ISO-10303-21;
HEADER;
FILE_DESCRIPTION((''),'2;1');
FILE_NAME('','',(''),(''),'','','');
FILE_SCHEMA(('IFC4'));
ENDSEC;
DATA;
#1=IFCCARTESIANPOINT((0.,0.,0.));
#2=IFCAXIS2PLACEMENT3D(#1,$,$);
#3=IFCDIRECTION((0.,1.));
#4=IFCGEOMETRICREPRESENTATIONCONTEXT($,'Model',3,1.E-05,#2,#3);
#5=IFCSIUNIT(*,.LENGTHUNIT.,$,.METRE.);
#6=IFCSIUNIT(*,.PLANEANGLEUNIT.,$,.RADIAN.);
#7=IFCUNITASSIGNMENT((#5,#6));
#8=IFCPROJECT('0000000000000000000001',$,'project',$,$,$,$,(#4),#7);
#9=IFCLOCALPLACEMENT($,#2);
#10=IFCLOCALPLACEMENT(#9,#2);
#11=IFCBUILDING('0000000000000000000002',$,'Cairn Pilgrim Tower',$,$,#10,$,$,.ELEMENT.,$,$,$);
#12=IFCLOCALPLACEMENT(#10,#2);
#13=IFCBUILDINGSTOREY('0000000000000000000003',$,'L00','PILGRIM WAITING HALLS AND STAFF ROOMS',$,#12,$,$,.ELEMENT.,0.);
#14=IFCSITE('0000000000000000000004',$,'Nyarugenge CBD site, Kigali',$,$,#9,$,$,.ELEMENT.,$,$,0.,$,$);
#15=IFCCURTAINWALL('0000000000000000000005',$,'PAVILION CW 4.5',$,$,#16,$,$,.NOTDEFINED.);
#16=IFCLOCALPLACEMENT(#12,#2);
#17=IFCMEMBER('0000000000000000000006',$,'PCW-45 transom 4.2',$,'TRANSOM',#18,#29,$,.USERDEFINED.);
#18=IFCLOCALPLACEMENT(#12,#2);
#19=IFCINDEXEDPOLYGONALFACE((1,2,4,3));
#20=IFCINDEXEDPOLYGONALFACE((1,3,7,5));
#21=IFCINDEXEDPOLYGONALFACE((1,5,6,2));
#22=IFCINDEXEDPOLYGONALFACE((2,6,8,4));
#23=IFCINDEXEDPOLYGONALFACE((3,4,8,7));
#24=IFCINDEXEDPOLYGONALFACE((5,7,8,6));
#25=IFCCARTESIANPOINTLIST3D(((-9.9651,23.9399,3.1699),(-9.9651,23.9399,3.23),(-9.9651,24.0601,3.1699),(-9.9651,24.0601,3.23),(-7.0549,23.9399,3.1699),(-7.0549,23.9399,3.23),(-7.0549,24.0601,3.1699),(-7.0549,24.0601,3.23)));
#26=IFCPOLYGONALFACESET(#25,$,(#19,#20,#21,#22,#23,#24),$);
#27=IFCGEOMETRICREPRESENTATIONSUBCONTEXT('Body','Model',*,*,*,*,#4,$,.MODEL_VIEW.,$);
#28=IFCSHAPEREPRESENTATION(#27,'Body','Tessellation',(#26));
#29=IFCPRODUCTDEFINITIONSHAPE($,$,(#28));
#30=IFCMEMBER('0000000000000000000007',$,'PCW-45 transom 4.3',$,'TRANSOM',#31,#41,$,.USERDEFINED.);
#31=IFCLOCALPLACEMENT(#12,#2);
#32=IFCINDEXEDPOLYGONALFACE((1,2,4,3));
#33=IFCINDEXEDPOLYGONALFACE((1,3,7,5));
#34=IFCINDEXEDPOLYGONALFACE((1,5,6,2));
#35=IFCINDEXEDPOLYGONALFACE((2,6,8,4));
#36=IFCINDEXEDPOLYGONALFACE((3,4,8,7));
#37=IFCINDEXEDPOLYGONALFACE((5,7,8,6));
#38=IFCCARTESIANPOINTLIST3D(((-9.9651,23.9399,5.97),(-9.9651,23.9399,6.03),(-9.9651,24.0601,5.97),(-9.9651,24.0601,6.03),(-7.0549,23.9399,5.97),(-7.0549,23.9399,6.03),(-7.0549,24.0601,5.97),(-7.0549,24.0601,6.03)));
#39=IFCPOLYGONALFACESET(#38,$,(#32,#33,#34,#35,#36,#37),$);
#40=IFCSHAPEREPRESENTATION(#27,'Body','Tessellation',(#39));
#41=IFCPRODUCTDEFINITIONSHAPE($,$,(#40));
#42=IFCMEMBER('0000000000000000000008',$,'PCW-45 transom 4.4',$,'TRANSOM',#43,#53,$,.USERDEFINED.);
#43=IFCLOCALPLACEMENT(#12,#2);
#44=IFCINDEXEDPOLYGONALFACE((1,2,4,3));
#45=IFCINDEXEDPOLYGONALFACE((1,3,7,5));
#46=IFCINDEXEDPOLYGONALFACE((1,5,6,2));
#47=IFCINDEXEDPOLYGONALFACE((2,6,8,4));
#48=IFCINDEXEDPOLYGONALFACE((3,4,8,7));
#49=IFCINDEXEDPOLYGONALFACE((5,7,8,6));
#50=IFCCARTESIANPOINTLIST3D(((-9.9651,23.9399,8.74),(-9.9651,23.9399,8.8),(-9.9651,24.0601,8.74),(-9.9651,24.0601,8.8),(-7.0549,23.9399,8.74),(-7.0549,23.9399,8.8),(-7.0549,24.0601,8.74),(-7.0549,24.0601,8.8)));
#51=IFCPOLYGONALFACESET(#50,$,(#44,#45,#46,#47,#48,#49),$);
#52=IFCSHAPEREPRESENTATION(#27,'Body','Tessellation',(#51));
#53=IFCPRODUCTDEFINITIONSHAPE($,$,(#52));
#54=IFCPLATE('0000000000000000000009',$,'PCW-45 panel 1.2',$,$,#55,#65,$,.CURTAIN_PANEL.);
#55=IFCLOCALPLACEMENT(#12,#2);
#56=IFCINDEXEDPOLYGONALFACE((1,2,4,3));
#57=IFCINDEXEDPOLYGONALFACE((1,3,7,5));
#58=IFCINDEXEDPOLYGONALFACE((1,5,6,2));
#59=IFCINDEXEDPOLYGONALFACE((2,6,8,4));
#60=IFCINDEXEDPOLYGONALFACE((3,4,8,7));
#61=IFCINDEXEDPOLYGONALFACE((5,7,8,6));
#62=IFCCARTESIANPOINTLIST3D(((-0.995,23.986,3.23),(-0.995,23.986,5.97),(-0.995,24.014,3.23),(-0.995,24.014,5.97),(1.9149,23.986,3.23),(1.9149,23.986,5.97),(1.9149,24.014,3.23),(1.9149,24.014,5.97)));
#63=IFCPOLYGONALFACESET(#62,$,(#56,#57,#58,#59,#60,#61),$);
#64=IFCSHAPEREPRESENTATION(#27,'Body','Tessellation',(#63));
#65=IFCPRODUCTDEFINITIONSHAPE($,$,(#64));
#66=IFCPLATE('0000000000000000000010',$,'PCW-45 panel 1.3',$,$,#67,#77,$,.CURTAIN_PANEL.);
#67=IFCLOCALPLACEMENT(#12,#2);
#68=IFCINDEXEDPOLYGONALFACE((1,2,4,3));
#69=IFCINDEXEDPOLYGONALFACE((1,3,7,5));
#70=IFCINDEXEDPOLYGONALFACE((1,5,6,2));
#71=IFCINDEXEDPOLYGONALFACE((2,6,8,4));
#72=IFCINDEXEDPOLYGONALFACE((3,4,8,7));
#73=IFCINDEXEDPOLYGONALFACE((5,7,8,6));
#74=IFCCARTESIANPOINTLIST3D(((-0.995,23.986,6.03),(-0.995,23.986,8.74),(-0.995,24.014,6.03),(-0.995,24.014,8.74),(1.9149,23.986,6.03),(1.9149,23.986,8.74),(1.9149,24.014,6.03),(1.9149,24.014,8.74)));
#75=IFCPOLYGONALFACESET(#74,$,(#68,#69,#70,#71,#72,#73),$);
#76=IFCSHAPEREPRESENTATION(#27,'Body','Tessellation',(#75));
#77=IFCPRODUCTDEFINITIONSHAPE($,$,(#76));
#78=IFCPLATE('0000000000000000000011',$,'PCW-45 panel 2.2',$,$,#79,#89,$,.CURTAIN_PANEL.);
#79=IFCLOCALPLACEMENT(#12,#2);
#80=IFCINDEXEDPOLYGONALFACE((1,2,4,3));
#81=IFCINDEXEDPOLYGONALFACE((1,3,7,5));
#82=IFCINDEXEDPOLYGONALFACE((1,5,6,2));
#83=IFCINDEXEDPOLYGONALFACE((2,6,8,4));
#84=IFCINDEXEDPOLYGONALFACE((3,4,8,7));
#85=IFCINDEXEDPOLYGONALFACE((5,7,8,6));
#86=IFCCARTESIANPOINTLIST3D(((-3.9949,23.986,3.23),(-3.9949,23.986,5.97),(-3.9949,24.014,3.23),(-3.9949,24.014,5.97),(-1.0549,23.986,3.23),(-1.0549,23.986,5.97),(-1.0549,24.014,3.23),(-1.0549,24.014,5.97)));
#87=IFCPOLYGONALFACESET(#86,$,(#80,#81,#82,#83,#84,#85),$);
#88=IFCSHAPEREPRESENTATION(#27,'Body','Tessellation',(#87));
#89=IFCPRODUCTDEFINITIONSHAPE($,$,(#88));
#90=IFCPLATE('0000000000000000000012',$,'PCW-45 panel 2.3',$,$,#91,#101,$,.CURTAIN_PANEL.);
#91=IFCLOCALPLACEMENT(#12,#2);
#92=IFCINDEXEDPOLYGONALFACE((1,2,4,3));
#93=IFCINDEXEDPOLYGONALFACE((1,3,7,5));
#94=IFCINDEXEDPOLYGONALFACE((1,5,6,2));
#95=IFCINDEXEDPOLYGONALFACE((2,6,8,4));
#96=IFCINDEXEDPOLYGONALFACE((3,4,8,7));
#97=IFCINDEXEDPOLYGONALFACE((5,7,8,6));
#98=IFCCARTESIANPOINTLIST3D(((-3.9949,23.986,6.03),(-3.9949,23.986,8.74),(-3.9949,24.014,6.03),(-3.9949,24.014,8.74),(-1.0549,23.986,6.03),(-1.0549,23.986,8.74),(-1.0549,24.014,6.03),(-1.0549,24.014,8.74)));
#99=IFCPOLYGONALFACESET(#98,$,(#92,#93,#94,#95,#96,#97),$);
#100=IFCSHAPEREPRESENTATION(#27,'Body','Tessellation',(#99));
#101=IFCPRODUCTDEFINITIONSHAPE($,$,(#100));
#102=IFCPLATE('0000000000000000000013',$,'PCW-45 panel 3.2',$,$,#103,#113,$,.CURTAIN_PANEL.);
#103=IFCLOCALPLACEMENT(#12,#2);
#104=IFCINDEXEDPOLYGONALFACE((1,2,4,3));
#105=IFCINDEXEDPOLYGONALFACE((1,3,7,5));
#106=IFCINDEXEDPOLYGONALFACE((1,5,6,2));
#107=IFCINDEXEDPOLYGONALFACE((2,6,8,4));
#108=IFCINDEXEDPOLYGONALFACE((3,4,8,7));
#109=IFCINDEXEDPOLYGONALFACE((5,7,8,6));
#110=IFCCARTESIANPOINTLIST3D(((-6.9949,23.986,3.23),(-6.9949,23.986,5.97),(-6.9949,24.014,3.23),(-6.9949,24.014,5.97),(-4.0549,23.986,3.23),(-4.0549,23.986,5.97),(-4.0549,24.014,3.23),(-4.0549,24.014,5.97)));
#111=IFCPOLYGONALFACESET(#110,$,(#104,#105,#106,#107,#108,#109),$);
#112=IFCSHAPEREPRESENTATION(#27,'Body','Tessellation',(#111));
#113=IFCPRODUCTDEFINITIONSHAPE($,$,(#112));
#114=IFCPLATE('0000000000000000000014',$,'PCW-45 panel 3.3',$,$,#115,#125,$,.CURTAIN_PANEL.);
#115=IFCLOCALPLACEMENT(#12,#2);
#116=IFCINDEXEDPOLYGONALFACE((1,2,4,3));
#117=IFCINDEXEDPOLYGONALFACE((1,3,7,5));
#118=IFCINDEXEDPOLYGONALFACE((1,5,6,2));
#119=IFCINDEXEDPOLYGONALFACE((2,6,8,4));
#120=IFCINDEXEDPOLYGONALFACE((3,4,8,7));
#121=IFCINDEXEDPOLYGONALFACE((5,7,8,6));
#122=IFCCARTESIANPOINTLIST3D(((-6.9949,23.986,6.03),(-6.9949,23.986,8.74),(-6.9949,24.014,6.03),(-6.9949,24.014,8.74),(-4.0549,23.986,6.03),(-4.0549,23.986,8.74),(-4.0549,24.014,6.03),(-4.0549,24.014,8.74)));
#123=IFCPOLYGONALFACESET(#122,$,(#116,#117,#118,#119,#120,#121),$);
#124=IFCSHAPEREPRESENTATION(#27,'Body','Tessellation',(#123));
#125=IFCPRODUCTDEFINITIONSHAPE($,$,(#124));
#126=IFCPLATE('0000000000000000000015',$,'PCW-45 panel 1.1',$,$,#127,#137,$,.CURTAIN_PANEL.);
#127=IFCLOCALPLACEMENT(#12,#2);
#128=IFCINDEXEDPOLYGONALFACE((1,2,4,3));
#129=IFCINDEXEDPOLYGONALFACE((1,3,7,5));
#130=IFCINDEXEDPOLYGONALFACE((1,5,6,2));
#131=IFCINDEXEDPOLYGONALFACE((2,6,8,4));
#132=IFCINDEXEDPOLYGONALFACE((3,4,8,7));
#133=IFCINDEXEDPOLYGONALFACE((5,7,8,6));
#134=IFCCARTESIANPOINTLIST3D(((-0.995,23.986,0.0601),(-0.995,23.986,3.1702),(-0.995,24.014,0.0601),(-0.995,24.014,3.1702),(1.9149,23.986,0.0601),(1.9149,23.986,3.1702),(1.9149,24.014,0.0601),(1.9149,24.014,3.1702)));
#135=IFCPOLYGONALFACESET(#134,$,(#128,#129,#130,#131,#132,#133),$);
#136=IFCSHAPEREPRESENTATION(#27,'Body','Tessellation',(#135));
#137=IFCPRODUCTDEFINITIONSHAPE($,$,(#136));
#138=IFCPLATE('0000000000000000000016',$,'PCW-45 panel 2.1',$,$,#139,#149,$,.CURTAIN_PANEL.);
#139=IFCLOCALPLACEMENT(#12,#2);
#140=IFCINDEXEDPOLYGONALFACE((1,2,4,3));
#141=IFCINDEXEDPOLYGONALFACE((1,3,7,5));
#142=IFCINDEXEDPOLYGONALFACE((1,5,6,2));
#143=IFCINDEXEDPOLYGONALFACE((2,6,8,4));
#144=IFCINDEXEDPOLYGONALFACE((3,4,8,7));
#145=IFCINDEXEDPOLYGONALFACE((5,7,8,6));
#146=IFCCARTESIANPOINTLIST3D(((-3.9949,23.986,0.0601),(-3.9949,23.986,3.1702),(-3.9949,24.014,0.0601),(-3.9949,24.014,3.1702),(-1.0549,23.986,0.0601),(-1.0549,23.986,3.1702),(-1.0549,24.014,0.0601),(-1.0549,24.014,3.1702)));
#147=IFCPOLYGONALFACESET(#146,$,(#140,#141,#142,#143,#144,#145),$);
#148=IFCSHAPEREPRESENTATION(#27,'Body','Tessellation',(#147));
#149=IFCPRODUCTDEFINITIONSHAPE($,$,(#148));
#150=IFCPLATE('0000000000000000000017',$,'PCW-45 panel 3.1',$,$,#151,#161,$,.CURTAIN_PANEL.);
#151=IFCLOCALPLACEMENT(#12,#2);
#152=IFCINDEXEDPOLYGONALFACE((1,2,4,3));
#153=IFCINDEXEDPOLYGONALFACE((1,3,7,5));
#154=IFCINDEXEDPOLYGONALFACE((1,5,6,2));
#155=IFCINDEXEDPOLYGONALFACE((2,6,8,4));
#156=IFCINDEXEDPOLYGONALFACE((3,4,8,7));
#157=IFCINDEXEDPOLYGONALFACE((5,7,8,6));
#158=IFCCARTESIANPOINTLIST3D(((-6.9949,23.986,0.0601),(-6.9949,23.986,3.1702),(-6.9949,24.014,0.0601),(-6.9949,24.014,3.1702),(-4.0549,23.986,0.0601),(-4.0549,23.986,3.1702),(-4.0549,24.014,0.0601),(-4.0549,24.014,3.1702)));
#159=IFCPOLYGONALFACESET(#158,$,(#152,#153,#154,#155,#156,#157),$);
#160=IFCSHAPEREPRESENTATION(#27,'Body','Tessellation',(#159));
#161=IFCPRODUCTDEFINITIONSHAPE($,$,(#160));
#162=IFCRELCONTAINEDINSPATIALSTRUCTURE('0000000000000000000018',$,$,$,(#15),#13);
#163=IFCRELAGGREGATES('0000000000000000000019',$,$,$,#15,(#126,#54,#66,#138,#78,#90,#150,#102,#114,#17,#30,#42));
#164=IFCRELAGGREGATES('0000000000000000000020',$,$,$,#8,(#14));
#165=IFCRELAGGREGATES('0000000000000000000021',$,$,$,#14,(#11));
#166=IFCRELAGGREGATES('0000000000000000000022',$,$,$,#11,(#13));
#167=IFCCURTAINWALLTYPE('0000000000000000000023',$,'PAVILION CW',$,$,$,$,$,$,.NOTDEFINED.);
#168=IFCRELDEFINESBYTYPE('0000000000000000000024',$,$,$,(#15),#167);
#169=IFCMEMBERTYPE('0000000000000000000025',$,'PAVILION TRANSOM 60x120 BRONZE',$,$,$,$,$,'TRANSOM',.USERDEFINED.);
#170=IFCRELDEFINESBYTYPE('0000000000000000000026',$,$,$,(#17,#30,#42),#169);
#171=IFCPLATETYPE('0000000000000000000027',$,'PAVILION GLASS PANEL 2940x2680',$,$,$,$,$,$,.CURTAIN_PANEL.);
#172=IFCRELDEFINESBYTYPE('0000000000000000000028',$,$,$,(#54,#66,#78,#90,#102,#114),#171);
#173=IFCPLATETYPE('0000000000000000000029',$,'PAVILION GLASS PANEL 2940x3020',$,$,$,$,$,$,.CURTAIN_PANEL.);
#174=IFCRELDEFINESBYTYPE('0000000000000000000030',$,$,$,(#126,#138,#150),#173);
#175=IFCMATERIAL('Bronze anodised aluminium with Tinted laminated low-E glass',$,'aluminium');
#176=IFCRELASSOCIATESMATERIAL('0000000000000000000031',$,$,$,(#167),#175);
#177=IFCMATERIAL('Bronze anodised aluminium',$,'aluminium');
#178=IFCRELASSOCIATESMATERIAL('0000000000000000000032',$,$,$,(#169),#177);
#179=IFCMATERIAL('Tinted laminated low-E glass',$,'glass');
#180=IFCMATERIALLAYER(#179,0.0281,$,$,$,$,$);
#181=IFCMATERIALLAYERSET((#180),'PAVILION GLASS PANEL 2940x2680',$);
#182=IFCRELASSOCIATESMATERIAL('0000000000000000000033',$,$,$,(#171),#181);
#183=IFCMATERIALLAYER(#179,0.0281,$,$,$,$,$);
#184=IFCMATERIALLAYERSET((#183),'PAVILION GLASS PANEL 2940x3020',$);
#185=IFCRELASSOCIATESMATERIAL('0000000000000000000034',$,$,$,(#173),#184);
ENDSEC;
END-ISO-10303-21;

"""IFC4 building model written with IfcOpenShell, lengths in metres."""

from ifc_helpers import new_model, si_unit, direction, frame, origin, origin_2d, place, context, subcontext, project, spatial, rectangle, extrude, material, layer, layer_set, material_profile, profile_set, type_object, element, aggregate, save


model = new_model("IFC4")

# Units and contexts
model_context = context("Model", 3, precision=1e-05, world=origin(), true_north=direction((0.0, 1.0)))
body_context = subcontext(model_context, "Body", "Model", "MODEL_VIEW")
ifc_project = project(units=[si_unit("LENGTHUNIT", "METRE"), si_unit("PLANEANGLEUNIT", "RADIAN")], contexts=[model_context])

# Site, building, storey
site_placement = place(None, origin())
site = spatial("IfcSite", under=ifc_project, at=site_placement, Name="Nyarugenge CBD site, Kigali", CompositionType="ELEMENT", RefElevation=0.0)
building_placement = place(site_placement, origin())
building = spatial("IfcBuilding", under=site, at=building_placement, Name="Cairn Pilgrim Tower", CompositionType="ELEMENT")
storey_placement = place(building_placement, origin())
storey = spatial("IfcBuildingStorey", under=building, at=storey_placement, Name="L00", Description="PILGRIM WAITING HALLS AND STAFF ROOMS", CompositionType="ELEMENT", Elevation=0.0)

# Curtain wall, members, plates
ifc_material_1 = material(Name="Bronze anodised aluminium with Tinted laminated low-E glass", Category="aluminium")
curtain_wall_type = type_object("IfcCurtainWallType", Name="PAVILION CW", PredefinedType="NOTDEFINED", material=ifc_material_1)
curtain_wall_placement = place(storey_placement, origin())
curtain_wall = element("IfcCurtainWall", 1, at=curtain_wall_placement, inside=storey, type_object=curtain_wall_type, Name="PAVILION CW 4.5", PredefinedType="NOTDEFINED")
ifc_material_2 = material(Name="Bronze anodised aluminium", Category="aluminium")
ifc_material_profile_1 = material_profile(ifc_material_2, rectangle(XDim=0.1201, YDim=0.0601, at=origin_2d()), Name="PAVILION TRANSOM 60x120 BRONZE")
ifc_profile_set_1 = profile_set([ifc_material_profile_1], Name="Bronze anodised aluminium")
member_type_1 = type_object("IfcMemberType", Name="PAVILION TRANSOM 60x120 BRONZE", ElementType="TRANSOM", PredefinedType="USERDEFINED", material=ifc_profile_set_1)
member_1_placement = place(storey_placement, frame((-7.0549, 24.0, 3.2), z_axis=(-1.0, 0.0, 0.0), x_axis=(0.0, -1.0, 0.0)))
member_1 = element("IfcMember", 2, at=member_1_placement, type_object=member_type_1, Name="PCW-45 transom 4.2", ObjectType="TRANSOM", PredefinedType="USERDEFINED", context=body_context, shape_type="SweptSolid", body=[
    extrude(rectangle(XDim=0.1201, YDim=0.0601, at=origin_2d()), origin(), (0.0, 0.0, 1.0), 2.9102),
])
member_2_placement = place(storey_placement, frame((-7.0549, 24.0, 6.0), z_axis=(-1.0, 0.0, 0.0), x_axis=(0.0, -1.0, 0.0)))
member_2 = element("IfcMember", 3, at=member_2_placement, type_object=member_type_1, Name="PCW-45 transom 4.3", ObjectType="TRANSOM", PredefinedType="USERDEFINED", context=body_context, shape_type="SweptSolid", body=[
    extrude(rectangle(XDim=0.1201, YDim=0.0601, at=origin_2d()), origin(), (0.0, 0.0, 1.0), 2.9102),
])
member_3_placement = place(storey_placement, frame((-7.0549, 24.0, 8.77), z_axis=(-1.0, 0.0, 0.0), x_axis=(0.0, -1.0, 0.0)))
member_3 = element("IfcMember", 4, at=member_3_placement, type_object=member_type_1, Name="PCW-45 transom 4.4", ObjectType="TRANSOM", PredefinedType="USERDEFINED", context=body_context, shape_type="SweptSolid", body=[
    extrude(rectangle(XDim=0.1201, YDim=0.0601, at=origin_2d()), origin(), (0.0, 0.0, 1.0), 2.9102),
])
ifc_material_3 = material(Name="Tinted laminated low-E glass", Category="glass")
ifc_layer_1 = layer(ifc_material_3, 0.0281)
ifc_layer_set_1 = layer_set([ifc_layer_1], Name="PAVILION GLASS PANEL 2940x2680")
plate_type_1 = type_object("IfcPlateType", Name="PAVILION GLASS PANEL 2940x2680", PredefinedType="CURTAIN_PANEL", material=ifc_layer_set_1)
plate_1_placement = place(storey_placement, frame((0.46, 24.0, 3.23), z_axis=(0.0, 0.0, 1.0), x_axis=(-1.0, 0.0, 0.0)))
plate_1 = element("IfcPlate", 5, at=plate_1_placement, type_object=plate_type_1, Name="PCW-45 panel 1.2", PredefinedType="CURTAIN_PANEL", context=body_context, shape_type="SweptSolid", body=[
    extrude(rectangle(XDim=2.9099, YDim=0.0281, at=origin_2d()), origin(), (0.0, 0.0, 1.0), 2.74),
])
plate_2_placement = place(storey_placement, frame((0.46, 24.0, 6.03), z_axis=(0.0, 0.0, 1.0), x_axis=(-1.0, 0.0, 0.0)))
plate_2 = element("IfcPlate", 6, at=plate_2_placement, type_object=plate_type_1, Name="PCW-45 panel 1.3", PredefinedType="CURTAIN_PANEL", context=body_context, shape_type="SweptSolid", body=[
    extrude(rectangle(XDim=2.9099, YDim=0.0281, at=origin_2d()), origin(), (0.0, 0.0, 1.0), 2.71),
])
plate_3_placement = place(storey_placement, frame((-2.5249, 24.0, 3.23), z_axis=(0.0, 0.0, 1.0), x_axis=(-1.0, 0.0, 0.0)))
plate_3 = element("IfcPlate", 7, at=plate_3_placement, type_object=plate_type_1, Name="PCW-45 panel 2.2", PredefinedType="CURTAIN_PANEL", context=body_context, shape_type="SweptSolid", body=[
    extrude(rectangle(XDim=2.9399, YDim=0.0281, at=origin_2d()), origin(), (0.0, 0.0, 1.0), 2.74),
])
plate_4_placement = place(storey_placement, frame((-2.5249, 24.0, 6.03), z_axis=(0.0, 0.0, 1.0), x_axis=(-1.0, 0.0, 0.0)))
plate_4 = element("IfcPlate", 8, at=plate_4_placement, type_object=plate_type_1, Name="PCW-45 panel 2.3", PredefinedType="CURTAIN_PANEL", context=body_context, shape_type="SweptSolid", body=[
    extrude(rectangle(XDim=2.9399, YDim=0.0281, at=origin_2d()), origin(), (0.0, 0.0, 1.0), 2.71),
])
plate_5_placement = place(storey_placement, frame((-5.5249, 24.0, 3.23), z_axis=(0.0, 0.0, 1.0), x_axis=(-1.0, 0.0, 0.0)))
plate_5 = element("IfcPlate", 9, at=plate_5_placement, type_object=plate_type_1, Name="PCW-45 panel 3.2", PredefinedType="CURTAIN_PANEL", context=body_context, shape_type="SweptSolid", body=[
    extrude(rectangle(XDim=2.9399, YDim=0.0281, at=origin_2d()), origin(), (0.0, 0.0, 1.0), 2.74),
])
plate_6_placement = place(storey_placement, frame((-5.5249, 24.0, 6.03), z_axis=(0.0, 0.0, 1.0), x_axis=(-1.0, 0.0, 0.0)))
plate_6 = element("IfcPlate", 10, at=plate_6_placement, type_object=plate_type_1, Name="PCW-45 panel 3.3", PredefinedType="CURTAIN_PANEL", context=body_context, shape_type="SweptSolid", body=[
    extrude(rectangle(XDim=2.9399, YDim=0.0281, at=origin_2d()), origin(), (0.0, 0.0, 1.0), 2.71),
])
ifc_layer_2 = layer(ifc_material_3, 0.0281)
ifc_layer_set_2 = layer_set([ifc_layer_2], Name="PAVILION GLASS PANEL 2940x3020")
plate_type_2 = type_object("IfcPlateType", Name="PAVILION GLASS PANEL 2940x3020", PredefinedType="CURTAIN_PANEL", material=ifc_layer_set_2)
plate_7_placement = place(storey_placement, frame((0.46, 24.0, 0.0601), z_axis=(0.0, 0.0, 1.0), x_axis=(-1.0, 0.0, 0.0)))
plate_7 = element("IfcPlate", 11, at=plate_7_placement, type_object=plate_type_2, Name="PCW-45 panel 1.1", PredefinedType="CURTAIN_PANEL", context=body_context, shape_type="SweptSolid", body=[
    extrude(rectangle(XDim=2.9099, YDim=0.0281, at=origin_2d()), origin(), (0.0, 0.0, 1.0), 3.1101),
])
plate_8_placement = place(storey_placement, frame((-2.5249, 24.0, 0.0601), z_axis=(0.0, 0.0, 1.0), x_axis=(-1.0, 0.0, 0.0)))
plate_8 = element("IfcPlate", 12, at=plate_8_placement, type_object=plate_type_2, Name="PCW-45 panel 2.1", PredefinedType="CURTAIN_PANEL", context=body_context, shape_type="SweptSolid", body=[
    extrude(rectangle(XDim=2.9399, YDim=0.0281, at=origin_2d()), origin(), (0.0, 0.0, 1.0), 3.1101),
])
plate_9_placement = place(storey_placement, frame((-5.5249, 24.0, 0.0601), z_axis=(0.0, 0.0, 1.0), x_axis=(-1.0, 0.0, 0.0)))
plate_9 = element("IfcPlate", 13, at=plate_9_placement, type_object=plate_type_2, Name="PCW-45 panel 3.1", PredefinedType="CURTAIN_PANEL", context=body_context, shape_type="SweptSolid", body=[
    extrude(rectangle(XDim=2.9399, YDim=0.0281, at=origin_2d()), origin(), (0.0, 0.0, 1.0), 3.1101),
])
aggregate(curtain_wall, [plate_7, plate_1, plate_2, plate_8, plate_3, plate_4, plate_9, plate_5, plate_6, member_1, member_2, member_3])

save(model, "model.ifc")
